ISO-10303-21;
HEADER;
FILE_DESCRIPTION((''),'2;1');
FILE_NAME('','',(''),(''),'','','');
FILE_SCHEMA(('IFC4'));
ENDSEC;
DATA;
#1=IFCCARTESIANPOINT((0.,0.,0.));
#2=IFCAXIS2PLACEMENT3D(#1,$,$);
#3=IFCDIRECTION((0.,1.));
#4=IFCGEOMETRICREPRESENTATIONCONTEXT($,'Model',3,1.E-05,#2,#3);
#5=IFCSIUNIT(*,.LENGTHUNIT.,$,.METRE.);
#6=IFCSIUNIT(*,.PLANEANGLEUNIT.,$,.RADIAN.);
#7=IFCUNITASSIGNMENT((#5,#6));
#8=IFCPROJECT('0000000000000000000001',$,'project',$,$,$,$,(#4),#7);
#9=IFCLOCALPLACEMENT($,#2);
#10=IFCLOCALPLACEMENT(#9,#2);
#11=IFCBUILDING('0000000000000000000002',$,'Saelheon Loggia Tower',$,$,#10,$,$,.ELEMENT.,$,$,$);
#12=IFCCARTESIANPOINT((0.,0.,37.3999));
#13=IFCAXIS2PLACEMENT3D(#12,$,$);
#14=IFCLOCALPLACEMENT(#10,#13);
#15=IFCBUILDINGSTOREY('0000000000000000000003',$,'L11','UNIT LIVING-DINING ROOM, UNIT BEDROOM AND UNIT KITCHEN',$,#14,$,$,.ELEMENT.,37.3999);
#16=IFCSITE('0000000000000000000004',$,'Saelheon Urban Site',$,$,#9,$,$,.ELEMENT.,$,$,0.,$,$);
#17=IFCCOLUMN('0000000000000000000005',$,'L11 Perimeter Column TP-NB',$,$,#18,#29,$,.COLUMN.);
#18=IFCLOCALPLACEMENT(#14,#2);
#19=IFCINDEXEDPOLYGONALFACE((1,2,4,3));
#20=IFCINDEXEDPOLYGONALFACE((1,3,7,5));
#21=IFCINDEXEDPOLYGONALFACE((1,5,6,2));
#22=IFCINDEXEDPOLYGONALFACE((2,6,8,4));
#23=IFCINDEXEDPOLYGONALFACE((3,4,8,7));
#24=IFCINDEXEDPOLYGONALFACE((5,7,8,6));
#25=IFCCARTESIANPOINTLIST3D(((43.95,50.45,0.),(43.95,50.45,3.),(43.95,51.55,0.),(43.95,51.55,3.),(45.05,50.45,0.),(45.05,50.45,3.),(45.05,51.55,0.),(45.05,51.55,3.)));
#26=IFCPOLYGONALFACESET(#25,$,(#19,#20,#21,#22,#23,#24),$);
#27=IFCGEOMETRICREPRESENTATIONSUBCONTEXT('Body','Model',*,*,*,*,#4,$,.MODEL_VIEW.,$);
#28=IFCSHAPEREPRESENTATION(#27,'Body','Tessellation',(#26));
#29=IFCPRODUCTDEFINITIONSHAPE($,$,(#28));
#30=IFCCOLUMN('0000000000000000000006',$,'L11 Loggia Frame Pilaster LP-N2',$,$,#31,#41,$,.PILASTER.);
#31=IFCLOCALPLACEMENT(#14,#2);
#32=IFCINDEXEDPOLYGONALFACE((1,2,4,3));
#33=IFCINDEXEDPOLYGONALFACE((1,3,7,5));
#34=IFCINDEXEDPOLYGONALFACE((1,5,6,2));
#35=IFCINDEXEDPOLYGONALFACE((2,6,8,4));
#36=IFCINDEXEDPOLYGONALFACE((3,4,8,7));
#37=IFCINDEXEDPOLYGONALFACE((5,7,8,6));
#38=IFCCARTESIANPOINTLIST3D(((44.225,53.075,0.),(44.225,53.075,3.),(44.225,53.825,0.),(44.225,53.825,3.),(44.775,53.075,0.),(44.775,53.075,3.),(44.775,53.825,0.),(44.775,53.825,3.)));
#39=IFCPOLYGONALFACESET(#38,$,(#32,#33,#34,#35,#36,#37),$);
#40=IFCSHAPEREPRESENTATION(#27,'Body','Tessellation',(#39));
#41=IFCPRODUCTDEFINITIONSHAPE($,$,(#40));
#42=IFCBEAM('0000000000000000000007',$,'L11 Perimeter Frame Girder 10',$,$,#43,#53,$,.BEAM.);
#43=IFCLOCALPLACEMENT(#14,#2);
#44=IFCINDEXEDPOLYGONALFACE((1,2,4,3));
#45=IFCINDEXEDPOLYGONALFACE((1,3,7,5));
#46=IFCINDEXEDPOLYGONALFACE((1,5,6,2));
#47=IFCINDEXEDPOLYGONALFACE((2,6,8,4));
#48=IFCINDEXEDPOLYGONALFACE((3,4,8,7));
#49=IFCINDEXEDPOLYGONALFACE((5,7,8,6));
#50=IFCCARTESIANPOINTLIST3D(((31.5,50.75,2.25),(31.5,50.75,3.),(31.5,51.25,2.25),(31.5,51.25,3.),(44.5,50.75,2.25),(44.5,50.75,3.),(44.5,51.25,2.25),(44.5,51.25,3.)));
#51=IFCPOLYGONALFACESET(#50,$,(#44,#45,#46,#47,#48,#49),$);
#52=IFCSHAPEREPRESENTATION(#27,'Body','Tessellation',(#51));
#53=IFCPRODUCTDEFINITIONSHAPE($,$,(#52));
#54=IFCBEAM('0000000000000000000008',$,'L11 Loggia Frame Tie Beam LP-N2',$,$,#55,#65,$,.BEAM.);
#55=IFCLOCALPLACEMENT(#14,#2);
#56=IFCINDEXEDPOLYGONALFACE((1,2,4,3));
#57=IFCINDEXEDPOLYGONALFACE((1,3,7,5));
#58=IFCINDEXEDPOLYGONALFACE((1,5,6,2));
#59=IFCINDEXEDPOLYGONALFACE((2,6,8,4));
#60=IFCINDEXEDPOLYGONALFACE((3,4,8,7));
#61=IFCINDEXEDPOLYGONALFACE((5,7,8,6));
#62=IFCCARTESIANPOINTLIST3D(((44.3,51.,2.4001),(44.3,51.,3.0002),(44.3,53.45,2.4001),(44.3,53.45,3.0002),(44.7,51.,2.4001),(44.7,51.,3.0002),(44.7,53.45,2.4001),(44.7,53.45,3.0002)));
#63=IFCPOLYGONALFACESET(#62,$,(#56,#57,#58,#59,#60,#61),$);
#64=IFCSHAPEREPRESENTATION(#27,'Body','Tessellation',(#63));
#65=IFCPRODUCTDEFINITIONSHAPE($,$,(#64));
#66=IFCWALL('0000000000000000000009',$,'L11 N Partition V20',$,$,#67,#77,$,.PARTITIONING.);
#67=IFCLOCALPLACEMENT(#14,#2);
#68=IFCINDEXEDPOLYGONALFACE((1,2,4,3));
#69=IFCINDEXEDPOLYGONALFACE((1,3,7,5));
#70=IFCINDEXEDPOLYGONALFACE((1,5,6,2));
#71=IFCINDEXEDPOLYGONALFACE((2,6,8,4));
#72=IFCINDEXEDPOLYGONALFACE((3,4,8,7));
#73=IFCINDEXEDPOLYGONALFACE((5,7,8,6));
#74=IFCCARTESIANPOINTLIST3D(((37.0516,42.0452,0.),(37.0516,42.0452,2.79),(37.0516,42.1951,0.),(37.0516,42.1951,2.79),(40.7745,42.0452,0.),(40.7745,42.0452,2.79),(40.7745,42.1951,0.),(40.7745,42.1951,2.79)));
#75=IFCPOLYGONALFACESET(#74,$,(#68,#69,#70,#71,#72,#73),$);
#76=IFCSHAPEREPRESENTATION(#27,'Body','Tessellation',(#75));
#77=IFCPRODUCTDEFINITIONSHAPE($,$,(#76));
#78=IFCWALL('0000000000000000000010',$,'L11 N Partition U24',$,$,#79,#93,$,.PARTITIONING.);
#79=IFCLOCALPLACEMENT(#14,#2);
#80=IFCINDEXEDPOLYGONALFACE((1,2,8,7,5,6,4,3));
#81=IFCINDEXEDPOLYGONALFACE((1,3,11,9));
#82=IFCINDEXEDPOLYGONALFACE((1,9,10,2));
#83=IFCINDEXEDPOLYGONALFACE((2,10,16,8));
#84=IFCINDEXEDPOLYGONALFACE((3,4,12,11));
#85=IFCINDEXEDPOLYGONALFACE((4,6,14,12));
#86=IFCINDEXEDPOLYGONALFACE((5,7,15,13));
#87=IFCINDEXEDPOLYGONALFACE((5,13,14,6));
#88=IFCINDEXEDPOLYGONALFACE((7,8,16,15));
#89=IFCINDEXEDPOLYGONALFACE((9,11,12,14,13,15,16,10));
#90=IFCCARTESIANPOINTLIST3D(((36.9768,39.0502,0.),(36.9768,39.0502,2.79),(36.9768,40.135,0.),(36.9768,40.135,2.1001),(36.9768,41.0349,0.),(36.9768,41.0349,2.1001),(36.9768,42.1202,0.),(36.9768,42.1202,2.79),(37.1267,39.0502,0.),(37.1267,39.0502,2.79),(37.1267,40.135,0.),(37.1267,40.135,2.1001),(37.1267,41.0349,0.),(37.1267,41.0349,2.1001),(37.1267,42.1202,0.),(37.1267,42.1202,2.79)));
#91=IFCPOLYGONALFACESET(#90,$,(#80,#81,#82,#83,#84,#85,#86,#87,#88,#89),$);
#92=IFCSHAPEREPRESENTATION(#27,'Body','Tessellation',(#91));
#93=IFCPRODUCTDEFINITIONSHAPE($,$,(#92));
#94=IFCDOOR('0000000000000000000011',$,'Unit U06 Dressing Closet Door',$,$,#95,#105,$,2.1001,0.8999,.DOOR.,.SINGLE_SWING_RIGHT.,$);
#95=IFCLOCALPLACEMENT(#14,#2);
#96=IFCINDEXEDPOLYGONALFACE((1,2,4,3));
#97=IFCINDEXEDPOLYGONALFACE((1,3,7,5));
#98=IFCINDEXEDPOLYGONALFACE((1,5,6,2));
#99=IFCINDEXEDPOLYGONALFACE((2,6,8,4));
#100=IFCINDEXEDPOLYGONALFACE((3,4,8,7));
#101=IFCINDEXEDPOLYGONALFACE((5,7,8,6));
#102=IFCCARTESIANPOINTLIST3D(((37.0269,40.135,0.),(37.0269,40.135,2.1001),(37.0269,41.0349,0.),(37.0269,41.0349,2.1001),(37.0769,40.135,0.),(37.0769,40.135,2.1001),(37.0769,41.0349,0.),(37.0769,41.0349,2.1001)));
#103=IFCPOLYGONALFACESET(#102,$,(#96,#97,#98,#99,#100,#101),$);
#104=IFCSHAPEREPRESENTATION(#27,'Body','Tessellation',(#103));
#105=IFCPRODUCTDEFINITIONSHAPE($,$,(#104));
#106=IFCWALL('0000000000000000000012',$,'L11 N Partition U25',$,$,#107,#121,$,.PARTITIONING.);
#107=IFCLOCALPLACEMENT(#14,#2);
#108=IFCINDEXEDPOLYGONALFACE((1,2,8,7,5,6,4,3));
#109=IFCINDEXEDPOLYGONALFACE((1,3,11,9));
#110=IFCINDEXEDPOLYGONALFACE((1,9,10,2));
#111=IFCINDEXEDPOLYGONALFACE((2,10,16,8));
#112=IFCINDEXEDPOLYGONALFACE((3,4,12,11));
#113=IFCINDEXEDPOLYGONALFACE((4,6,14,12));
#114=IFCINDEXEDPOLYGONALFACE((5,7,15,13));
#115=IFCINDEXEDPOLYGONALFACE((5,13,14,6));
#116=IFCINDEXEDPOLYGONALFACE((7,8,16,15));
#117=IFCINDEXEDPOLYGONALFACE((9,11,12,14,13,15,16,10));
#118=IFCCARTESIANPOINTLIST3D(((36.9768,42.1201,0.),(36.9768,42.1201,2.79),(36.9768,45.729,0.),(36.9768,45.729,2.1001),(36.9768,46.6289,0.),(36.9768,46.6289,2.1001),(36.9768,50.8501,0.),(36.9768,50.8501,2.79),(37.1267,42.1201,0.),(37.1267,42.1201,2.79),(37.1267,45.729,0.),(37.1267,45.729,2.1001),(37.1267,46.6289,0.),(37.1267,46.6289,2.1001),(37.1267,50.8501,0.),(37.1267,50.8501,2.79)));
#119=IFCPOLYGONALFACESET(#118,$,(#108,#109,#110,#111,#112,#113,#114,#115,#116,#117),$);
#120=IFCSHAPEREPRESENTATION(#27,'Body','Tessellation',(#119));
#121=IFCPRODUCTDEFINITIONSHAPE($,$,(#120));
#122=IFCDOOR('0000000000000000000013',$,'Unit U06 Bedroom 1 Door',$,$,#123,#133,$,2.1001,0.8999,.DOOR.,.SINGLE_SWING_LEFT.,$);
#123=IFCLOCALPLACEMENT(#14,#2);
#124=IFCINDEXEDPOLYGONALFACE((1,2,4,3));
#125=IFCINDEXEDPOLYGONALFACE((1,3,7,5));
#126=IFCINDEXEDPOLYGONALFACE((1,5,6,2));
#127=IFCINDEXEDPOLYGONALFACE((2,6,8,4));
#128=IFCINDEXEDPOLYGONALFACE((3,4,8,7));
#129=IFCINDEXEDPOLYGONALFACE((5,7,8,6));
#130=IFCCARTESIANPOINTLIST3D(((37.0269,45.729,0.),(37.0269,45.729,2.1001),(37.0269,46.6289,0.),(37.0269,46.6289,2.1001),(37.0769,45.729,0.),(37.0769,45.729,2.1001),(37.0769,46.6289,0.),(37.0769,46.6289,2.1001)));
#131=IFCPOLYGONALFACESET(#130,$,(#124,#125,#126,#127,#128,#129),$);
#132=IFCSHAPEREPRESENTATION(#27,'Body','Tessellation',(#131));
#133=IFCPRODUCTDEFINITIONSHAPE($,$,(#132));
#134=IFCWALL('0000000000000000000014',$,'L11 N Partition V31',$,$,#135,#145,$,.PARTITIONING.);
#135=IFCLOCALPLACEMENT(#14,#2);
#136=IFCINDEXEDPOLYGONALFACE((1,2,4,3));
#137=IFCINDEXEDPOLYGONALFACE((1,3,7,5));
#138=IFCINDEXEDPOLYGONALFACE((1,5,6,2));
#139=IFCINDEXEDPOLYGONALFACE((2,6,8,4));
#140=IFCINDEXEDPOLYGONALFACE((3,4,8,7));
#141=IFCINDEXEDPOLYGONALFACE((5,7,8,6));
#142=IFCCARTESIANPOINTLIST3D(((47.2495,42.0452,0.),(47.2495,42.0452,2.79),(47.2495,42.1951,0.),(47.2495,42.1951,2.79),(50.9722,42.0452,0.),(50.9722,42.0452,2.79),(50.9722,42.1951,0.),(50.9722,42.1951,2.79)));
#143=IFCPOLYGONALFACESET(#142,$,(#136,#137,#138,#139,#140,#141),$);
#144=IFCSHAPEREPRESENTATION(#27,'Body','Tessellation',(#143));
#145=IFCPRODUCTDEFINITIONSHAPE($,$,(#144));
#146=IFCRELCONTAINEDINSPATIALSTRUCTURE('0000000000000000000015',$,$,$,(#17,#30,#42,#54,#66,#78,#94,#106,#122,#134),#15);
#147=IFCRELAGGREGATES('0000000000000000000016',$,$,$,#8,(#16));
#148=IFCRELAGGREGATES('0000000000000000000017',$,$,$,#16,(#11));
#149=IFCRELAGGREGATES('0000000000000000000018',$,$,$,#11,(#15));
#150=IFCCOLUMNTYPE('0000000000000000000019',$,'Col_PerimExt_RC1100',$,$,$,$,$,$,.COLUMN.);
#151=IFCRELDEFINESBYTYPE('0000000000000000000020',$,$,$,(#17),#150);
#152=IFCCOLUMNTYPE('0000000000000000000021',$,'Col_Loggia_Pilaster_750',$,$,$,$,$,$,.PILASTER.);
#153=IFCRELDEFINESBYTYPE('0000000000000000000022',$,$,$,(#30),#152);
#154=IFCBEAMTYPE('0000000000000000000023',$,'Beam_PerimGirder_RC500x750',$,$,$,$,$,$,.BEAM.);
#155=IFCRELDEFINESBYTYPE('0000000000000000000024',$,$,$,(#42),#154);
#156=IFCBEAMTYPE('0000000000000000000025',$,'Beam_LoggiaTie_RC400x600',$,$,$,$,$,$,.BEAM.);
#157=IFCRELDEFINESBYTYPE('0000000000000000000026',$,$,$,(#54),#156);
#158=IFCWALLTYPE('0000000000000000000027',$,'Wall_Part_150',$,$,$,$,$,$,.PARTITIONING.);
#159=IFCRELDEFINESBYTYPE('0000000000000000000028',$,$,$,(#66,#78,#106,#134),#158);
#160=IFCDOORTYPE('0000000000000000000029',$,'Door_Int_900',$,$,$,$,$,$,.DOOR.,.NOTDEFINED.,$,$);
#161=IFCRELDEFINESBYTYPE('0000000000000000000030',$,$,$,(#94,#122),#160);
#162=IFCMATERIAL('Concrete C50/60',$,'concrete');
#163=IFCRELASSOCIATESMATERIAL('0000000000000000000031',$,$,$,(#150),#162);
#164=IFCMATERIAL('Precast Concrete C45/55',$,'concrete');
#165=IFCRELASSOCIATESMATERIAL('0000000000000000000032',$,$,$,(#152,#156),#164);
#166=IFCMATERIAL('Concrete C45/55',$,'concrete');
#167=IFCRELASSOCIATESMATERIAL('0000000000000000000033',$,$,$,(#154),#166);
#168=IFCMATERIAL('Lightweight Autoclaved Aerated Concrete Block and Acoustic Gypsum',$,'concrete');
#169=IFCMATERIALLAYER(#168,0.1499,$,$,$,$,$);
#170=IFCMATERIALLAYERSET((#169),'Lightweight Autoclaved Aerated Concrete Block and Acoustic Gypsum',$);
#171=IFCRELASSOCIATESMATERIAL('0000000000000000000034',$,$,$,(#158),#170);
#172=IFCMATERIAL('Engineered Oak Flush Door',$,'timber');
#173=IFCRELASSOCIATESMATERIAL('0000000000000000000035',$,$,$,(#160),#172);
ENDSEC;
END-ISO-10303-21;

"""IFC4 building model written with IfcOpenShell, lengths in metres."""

from ifc_helpers import new_model, si_unit, direction, frame, frame_2d, origin, origin_2d, place, context, subcontext, project, spatial, rectangle, extrude, source, transform, mapped, material, layer, layer_set, material_profile, profile_set, type_object, element, fill, save


model = new_model("IFC4")

# Units and contexts
model_context = context("Model", 3, precision=1e-05, world=origin(), true_north=direction((0.0, 1.0)))
body_context = subcontext(model_context, "Body", "Model", "MODEL_VIEW")
ifc_project = project(units=[si_unit("LENGTHUNIT", "METRE"), si_unit("PLANEANGLEUNIT", "RADIAN")], contexts=[model_context])

# Site, building, storey
site_placement = place(None, origin())
site = spatial("IfcSite", under=ifc_project, at=site_placement, Name="Saelheon Urban Site", CompositionType="ELEMENT", RefElevation=0.0)
building_placement = place(site_placement, origin())
building = spatial("IfcBuilding", under=site, at=building_placement, Name="Saelheon Loggia Tower", CompositionType="ELEMENT")
storey_placement = place(building_placement, frame((0.0, 0.0, 37.3999)))
storey = spatial("IfcBuildingStorey", under=building, at=storey_placement, Name="L11", Description="UNIT LIVING-DINING ROOM, UNIT BEDROOM AND UNIT KITCHEN", CompositionType="ELEMENT", Elevation=37.3999)

# Columns
ifc_material_1 = material(Name="Concrete C50/60", Category="concrete")
ifc_material_profile_1 = material_profile(ifc_material_1, rectangle(XDim=1.1001, YDim=1.1001, at=origin_2d()), Name="RC-1100x1100")
ifc_profile_set_1 = profile_set([ifc_material_profile_1], Name="Concrete C50/60")
column_type_1 = type_object("IfcColumnType", Name="Col_PerimExt_RC1100", PredefinedType="COLUMN", material=ifc_profile_set_1)
shared_shape_1 = source(origin(), body_context, "Body", "SweptSolid", [
    extrude(rectangle(XDim=1.1001, YDim=1.1001, at=origin_2d()), origin(), (0.0, 0.0, 1.0), 3.0),
])
column_1_placement = place(storey_placement, frame((44.5, 51.0, 0.0), z_axis=(0.0, 0.0, 1.0), x_axis=(1.0, 0.0, 0.0)))
element("IfcColumn", 1, at=column_1_placement, inside=storey, type_object=column_type_1, Name="L11 Perimeter Column TP-NB", PredefinedType="COLUMN", context=body_context, shape_type="MappedRepresentation", body=[
    mapped(shared_shape_1, transform((0.0, 0.0, 0.0), scale=1.0)),
])
ifc_material_2 = material(Name="Precast Concrete C45/55", Category="concrete")
ifc_material_profile_2 = material_profile(ifc_material_2, rectangle(XDim=0.55, YDim=0.75, at=origin_2d()), Name="RC-550x750")
ifc_profile_set_2 = profile_set([ifc_material_profile_2], Name="Precast Concrete C45/55")
column_type_2 = type_object("IfcColumnType", Name="Col_Loggia_Pilaster_750", PredefinedType="PILASTER", material=ifc_profile_set_2)
shared_shape_2 = source(origin(), body_context, "Body", "SweptSolid", [
    extrude(rectangle(XDim=0.55, YDim=0.75, at=origin_2d()), origin(), (0.0, 0.0, 1.0), 3.0),
])
column_2_placement = place(storey_placement, frame((44.5, 53.45, 0.0), z_axis=(0.0, 0.0, 1.0), x_axis=(1.0, 0.0, 0.0)))
element("IfcColumn", 2, at=column_2_placement, inside=storey, type_object=column_type_2, Name="L11 Loggia Frame Pilaster LP-N2", PredefinedType="PILASTER", context=body_context, shape_type="MappedRepresentation", body=[
    mapped(shared_shape_2, transform((0.0, 0.0, 0.0), scale=1.0)),
])

# Beams
ifc_material_3 = material(Name="Concrete C45/55", Category="concrete")
ifc_material_profile_3 = material_profile(ifc_material_3, rectangle(XDim=0.5, YDim=0.75, at=origin_2d()), Name="RC-500x750")
ifc_profile_set_3 = profile_set([ifc_material_profile_3], Name="Concrete C45/55")
beam_type_1 = type_object("IfcBeamType", Name="Beam_PerimGirder_RC500x750", PredefinedType="BEAM", material=ifc_profile_set_3)
shared_shape_3 = source(origin(), body_context, "Body", "SweptSolid", [
    extrude(rectangle(XDim=0.5, YDim=0.75, at=origin_2d()), origin(), (0.0, 0.0, 1.0), 13.0),
])
beam_1_placement = place(storey_placement, frame((44.5, 51.0, 2.625), z_axis=(-1.0, 0.0, 0.0), x_axis=(0.0, -1.0, 0.0)))
element("IfcBeam", 3, at=beam_1_placement, inside=storey, type_object=beam_type_1, Name="L11 Perimeter Frame Girder 10", PredefinedType="BEAM", context=body_context, shape_type="MappedRepresentation", body=[
    mapped(shared_shape_3, transform((0.0, 0.0, 0.0), scale=1.0)),
])
ifc_material_profile_4 = material_profile(ifc_material_2, rectangle(XDim=0.3999, YDim=0.6001, at=origin_2d()), Name="RC-400x600")
ifc_profile_set_4 = profile_set([ifc_material_profile_4], Name="Precast Concrete C45/55")
beam_type_2 = type_object("IfcBeamType", Name="Beam_LoggiaTie_RC400x600", PredefinedType="BEAM", material=ifc_profile_set_4)
shared_shape_4 = source(origin(), body_context, "Body", "SweptSolid", [
    extrude(rectangle(XDim=0.3999, YDim=0.6001, at=origin_2d()), origin(), (0.0, 0.0, 1.0), 2.45),
])
beam_2_placement = place(storey_placement, frame((44.5, 51.0, 2.7002), z_axis=(0.0, 1.0, 0.0), x_axis=(-1.0, 0.0, 0.0)))
element("IfcBeam", 4, at=beam_2_placement, inside=storey, type_object=beam_type_2, Name="L11 Loggia Frame Tie Beam LP-N2", PredefinedType="BEAM", context=body_context, shape_type="MappedRepresentation", body=[
    mapped(shared_shape_4, transform((0.0, 0.0, 0.0), scale=1.0)),
])

# Wall
ifc_material_4 = material(Name="Lightweight Autoclaved Aerated Concrete Block and Acoustic Gypsum", Category="concrete")
ifc_layer_1 = layer(ifc_material_4, 0.1499)
ifc_layer_set_1 = layer_set([ifc_layer_1], Name="Lightweight Autoclaved Aerated Concrete Block and Acoustic Gypsum")
wall_type_1 = type_object("IfcWallType", Name="Wall_Part_150", PredefinedType="PARTITIONING", material=ifc_layer_set_1)
wall_1_placement = place(storey_placement, frame((37.0518, 42.1201, 0.0), z_axis=(0.0, 0.0, 1.0), x_axis=(1.0, 0.0, 0.0)))
element("IfcWall", 5, at=wall_1_placement, inside=storey, type_object=wall_type_1, Name="L11 N Partition V20", PredefinedType="PARTITIONING", context=body_context, shape_type="SweptSolid", body=[
    extrude(rectangle(XDim=3.7229, YDim=0.1499, at=frame_2d((1.8613, 0.0))), origin(), (0.0, 0.0, 1.0), 2.79),
])

# Walls, openings, doors
wall_2_placement = place(storey_placement, frame((37.0518, 39.05, 0.0), z_axis=(0.0, 0.0, 1.0), x_axis=(0.0, 1.0, 0.0)))
wall_2 = element("IfcWall", 6, at=wall_2_placement, inside=storey, type_object=wall_type_1, Name="L11 N Partition U24", PredefinedType="PARTITIONING", context=body_context, shape_type="SweptSolid", body=[
    extrude(rectangle(XDim=3.0701, YDim=0.1499, at=frame_2d((1.5352, 0.0))), origin(), (0.0, 0.0, 1.0), 2.79),
])
opening_1_placement = place(wall_2_placement, frame((1.085, 0.0, 0.0)))
opening_1 = element("IfcOpeningElement", 7, at=opening_1_placement, cuts=wall_2, PredefinedType="OPENING", context=body_context, shape_type="SweptSolid", body=[
    extrude(rectangle(XDim=0.8999, YDim=2.1001, at=frame_2d((0.45, 1.05))), frame((0.0, 0.0869, 0.0), z_axis=(0.0, -1.0, 0.0), x_axis=(1.0, 0.0, 0.0)), (0.0, 0.0, 1.0), 0.1738),
])
ifc_material_5 = material(Name="Engineered Oak Flush Door", Category="timber")
door_type_1 = type_object("IfcDoorType", Name="Door_Int_900", OperationType="NOTDEFINED", PredefinedType="DOOR", material=ifc_material_5)
shared_shape_5 = source(origin(), body_context, "Body", "SweptSolid", [
    extrude(rectangle(XDim=0.8999, YDim=2.1001, at=frame_2d((0.45, 1.05))), frame((0.0, 0.0249, 0.0), z_axis=(0.0, -1.0, 0.0), x_axis=(1.0, 0.0, 0.0)), (0.0, 0.0, 1.0), 0.05),
])
door_1_placement = place(opening_1_placement, origin())
door_1 = element("IfcDoor", 8, at=door_1_placement, inside=storey, type_object=door_type_1, Name="Unit U06 Dressing Closet Door", OperationType="SINGLE_SWING_RIGHT", OverallHeight=2.1001, OverallWidth=0.8999, PredefinedType="DOOR", context=body_context, shape_type="MappedRepresentation", body=[
    mapped(shared_shape_5, transform((0.0, 0.0, 0.0), scale=1.0)),
])
fill(opening_1, door_1)
wall_3_placement = place(storey_placement, frame((37.0518, 42.1201, 0.0), z_axis=(0.0, 0.0, 1.0), x_axis=(0.0, 1.0, 0.0)))
wall_3 = element("IfcWall", 9, at=wall_3_placement, inside=storey, type_object=wall_type_1, Name="L11 N Partition U25", PredefinedType="PARTITIONING", context=body_context, shape_type="SweptSolid", body=[
    extrude(rectangle(XDim=8.73, YDim=0.1499, at=frame_2d((4.365, 0.0))), origin(), (0.0, 0.0, 1.0), 2.79),
])
opening_2_placement = place(wall_3_placement, frame((3.6089, 0.0, 0.0)))
opening_2 = element("IfcOpeningElement", 10, at=opening_2_placement, cuts=wall_3, PredefinedType="OPENING", context=body_context, shape_type="SweptSolid", body=[
    extrude(rectangle(XDim=0.8999, YDim=2.1001, at=frame_2d((0.45, 1.05))), frame((0.0, 0.0869, 0.0), z_axis=(0.0, -1.0, 0.0), x_axis=(1.0, 0.0, 0.0)), (0.0, 0.0, 1.0), 0.1738),
])
door_2_placement = place(opening_2_placement, origin())
door_2 = element("IfcDoor", 11, at=door_2_placement, inside=storey, type_object=door_type_1, Name="Unit U06 Bedroom 1 Door", OperationType="SINGLE_SWING_LEFT", OverallHeight=2.1001, OverallWidth=0.8999, PredefinedType="DOOR", context=body_context, shape_type="MappedRepresentation", body=[
    mapped(shared_shape_5, transform((0.0, 0.0, 0.0), scale=1.0)),
])
fill(opening_2, door_2)

# Wall
wall_4_placement = place(storey_placement, frame((47.2495, 42.1201, 0.0), z_axis=(0.0, 0.0, 1.0), x_axis=(1.0, 0.0, 0.0)))
element("IfcWall", 12, at=wall_4_placement, inside=storey, type_object=wall_type_1, Name="L11 N Partition V31", PredefinedType="PARTITIONING", context=body_context, shape_type="SweptSolid", body=[
    extrude(rectangle(XDim=3.7227, YDim=0.1499, at=frame_2d((1.8613, 0.0))), origin(), (0.0, 0.0, 1.0), 2.79),
])

save(model, "model.ifc")
